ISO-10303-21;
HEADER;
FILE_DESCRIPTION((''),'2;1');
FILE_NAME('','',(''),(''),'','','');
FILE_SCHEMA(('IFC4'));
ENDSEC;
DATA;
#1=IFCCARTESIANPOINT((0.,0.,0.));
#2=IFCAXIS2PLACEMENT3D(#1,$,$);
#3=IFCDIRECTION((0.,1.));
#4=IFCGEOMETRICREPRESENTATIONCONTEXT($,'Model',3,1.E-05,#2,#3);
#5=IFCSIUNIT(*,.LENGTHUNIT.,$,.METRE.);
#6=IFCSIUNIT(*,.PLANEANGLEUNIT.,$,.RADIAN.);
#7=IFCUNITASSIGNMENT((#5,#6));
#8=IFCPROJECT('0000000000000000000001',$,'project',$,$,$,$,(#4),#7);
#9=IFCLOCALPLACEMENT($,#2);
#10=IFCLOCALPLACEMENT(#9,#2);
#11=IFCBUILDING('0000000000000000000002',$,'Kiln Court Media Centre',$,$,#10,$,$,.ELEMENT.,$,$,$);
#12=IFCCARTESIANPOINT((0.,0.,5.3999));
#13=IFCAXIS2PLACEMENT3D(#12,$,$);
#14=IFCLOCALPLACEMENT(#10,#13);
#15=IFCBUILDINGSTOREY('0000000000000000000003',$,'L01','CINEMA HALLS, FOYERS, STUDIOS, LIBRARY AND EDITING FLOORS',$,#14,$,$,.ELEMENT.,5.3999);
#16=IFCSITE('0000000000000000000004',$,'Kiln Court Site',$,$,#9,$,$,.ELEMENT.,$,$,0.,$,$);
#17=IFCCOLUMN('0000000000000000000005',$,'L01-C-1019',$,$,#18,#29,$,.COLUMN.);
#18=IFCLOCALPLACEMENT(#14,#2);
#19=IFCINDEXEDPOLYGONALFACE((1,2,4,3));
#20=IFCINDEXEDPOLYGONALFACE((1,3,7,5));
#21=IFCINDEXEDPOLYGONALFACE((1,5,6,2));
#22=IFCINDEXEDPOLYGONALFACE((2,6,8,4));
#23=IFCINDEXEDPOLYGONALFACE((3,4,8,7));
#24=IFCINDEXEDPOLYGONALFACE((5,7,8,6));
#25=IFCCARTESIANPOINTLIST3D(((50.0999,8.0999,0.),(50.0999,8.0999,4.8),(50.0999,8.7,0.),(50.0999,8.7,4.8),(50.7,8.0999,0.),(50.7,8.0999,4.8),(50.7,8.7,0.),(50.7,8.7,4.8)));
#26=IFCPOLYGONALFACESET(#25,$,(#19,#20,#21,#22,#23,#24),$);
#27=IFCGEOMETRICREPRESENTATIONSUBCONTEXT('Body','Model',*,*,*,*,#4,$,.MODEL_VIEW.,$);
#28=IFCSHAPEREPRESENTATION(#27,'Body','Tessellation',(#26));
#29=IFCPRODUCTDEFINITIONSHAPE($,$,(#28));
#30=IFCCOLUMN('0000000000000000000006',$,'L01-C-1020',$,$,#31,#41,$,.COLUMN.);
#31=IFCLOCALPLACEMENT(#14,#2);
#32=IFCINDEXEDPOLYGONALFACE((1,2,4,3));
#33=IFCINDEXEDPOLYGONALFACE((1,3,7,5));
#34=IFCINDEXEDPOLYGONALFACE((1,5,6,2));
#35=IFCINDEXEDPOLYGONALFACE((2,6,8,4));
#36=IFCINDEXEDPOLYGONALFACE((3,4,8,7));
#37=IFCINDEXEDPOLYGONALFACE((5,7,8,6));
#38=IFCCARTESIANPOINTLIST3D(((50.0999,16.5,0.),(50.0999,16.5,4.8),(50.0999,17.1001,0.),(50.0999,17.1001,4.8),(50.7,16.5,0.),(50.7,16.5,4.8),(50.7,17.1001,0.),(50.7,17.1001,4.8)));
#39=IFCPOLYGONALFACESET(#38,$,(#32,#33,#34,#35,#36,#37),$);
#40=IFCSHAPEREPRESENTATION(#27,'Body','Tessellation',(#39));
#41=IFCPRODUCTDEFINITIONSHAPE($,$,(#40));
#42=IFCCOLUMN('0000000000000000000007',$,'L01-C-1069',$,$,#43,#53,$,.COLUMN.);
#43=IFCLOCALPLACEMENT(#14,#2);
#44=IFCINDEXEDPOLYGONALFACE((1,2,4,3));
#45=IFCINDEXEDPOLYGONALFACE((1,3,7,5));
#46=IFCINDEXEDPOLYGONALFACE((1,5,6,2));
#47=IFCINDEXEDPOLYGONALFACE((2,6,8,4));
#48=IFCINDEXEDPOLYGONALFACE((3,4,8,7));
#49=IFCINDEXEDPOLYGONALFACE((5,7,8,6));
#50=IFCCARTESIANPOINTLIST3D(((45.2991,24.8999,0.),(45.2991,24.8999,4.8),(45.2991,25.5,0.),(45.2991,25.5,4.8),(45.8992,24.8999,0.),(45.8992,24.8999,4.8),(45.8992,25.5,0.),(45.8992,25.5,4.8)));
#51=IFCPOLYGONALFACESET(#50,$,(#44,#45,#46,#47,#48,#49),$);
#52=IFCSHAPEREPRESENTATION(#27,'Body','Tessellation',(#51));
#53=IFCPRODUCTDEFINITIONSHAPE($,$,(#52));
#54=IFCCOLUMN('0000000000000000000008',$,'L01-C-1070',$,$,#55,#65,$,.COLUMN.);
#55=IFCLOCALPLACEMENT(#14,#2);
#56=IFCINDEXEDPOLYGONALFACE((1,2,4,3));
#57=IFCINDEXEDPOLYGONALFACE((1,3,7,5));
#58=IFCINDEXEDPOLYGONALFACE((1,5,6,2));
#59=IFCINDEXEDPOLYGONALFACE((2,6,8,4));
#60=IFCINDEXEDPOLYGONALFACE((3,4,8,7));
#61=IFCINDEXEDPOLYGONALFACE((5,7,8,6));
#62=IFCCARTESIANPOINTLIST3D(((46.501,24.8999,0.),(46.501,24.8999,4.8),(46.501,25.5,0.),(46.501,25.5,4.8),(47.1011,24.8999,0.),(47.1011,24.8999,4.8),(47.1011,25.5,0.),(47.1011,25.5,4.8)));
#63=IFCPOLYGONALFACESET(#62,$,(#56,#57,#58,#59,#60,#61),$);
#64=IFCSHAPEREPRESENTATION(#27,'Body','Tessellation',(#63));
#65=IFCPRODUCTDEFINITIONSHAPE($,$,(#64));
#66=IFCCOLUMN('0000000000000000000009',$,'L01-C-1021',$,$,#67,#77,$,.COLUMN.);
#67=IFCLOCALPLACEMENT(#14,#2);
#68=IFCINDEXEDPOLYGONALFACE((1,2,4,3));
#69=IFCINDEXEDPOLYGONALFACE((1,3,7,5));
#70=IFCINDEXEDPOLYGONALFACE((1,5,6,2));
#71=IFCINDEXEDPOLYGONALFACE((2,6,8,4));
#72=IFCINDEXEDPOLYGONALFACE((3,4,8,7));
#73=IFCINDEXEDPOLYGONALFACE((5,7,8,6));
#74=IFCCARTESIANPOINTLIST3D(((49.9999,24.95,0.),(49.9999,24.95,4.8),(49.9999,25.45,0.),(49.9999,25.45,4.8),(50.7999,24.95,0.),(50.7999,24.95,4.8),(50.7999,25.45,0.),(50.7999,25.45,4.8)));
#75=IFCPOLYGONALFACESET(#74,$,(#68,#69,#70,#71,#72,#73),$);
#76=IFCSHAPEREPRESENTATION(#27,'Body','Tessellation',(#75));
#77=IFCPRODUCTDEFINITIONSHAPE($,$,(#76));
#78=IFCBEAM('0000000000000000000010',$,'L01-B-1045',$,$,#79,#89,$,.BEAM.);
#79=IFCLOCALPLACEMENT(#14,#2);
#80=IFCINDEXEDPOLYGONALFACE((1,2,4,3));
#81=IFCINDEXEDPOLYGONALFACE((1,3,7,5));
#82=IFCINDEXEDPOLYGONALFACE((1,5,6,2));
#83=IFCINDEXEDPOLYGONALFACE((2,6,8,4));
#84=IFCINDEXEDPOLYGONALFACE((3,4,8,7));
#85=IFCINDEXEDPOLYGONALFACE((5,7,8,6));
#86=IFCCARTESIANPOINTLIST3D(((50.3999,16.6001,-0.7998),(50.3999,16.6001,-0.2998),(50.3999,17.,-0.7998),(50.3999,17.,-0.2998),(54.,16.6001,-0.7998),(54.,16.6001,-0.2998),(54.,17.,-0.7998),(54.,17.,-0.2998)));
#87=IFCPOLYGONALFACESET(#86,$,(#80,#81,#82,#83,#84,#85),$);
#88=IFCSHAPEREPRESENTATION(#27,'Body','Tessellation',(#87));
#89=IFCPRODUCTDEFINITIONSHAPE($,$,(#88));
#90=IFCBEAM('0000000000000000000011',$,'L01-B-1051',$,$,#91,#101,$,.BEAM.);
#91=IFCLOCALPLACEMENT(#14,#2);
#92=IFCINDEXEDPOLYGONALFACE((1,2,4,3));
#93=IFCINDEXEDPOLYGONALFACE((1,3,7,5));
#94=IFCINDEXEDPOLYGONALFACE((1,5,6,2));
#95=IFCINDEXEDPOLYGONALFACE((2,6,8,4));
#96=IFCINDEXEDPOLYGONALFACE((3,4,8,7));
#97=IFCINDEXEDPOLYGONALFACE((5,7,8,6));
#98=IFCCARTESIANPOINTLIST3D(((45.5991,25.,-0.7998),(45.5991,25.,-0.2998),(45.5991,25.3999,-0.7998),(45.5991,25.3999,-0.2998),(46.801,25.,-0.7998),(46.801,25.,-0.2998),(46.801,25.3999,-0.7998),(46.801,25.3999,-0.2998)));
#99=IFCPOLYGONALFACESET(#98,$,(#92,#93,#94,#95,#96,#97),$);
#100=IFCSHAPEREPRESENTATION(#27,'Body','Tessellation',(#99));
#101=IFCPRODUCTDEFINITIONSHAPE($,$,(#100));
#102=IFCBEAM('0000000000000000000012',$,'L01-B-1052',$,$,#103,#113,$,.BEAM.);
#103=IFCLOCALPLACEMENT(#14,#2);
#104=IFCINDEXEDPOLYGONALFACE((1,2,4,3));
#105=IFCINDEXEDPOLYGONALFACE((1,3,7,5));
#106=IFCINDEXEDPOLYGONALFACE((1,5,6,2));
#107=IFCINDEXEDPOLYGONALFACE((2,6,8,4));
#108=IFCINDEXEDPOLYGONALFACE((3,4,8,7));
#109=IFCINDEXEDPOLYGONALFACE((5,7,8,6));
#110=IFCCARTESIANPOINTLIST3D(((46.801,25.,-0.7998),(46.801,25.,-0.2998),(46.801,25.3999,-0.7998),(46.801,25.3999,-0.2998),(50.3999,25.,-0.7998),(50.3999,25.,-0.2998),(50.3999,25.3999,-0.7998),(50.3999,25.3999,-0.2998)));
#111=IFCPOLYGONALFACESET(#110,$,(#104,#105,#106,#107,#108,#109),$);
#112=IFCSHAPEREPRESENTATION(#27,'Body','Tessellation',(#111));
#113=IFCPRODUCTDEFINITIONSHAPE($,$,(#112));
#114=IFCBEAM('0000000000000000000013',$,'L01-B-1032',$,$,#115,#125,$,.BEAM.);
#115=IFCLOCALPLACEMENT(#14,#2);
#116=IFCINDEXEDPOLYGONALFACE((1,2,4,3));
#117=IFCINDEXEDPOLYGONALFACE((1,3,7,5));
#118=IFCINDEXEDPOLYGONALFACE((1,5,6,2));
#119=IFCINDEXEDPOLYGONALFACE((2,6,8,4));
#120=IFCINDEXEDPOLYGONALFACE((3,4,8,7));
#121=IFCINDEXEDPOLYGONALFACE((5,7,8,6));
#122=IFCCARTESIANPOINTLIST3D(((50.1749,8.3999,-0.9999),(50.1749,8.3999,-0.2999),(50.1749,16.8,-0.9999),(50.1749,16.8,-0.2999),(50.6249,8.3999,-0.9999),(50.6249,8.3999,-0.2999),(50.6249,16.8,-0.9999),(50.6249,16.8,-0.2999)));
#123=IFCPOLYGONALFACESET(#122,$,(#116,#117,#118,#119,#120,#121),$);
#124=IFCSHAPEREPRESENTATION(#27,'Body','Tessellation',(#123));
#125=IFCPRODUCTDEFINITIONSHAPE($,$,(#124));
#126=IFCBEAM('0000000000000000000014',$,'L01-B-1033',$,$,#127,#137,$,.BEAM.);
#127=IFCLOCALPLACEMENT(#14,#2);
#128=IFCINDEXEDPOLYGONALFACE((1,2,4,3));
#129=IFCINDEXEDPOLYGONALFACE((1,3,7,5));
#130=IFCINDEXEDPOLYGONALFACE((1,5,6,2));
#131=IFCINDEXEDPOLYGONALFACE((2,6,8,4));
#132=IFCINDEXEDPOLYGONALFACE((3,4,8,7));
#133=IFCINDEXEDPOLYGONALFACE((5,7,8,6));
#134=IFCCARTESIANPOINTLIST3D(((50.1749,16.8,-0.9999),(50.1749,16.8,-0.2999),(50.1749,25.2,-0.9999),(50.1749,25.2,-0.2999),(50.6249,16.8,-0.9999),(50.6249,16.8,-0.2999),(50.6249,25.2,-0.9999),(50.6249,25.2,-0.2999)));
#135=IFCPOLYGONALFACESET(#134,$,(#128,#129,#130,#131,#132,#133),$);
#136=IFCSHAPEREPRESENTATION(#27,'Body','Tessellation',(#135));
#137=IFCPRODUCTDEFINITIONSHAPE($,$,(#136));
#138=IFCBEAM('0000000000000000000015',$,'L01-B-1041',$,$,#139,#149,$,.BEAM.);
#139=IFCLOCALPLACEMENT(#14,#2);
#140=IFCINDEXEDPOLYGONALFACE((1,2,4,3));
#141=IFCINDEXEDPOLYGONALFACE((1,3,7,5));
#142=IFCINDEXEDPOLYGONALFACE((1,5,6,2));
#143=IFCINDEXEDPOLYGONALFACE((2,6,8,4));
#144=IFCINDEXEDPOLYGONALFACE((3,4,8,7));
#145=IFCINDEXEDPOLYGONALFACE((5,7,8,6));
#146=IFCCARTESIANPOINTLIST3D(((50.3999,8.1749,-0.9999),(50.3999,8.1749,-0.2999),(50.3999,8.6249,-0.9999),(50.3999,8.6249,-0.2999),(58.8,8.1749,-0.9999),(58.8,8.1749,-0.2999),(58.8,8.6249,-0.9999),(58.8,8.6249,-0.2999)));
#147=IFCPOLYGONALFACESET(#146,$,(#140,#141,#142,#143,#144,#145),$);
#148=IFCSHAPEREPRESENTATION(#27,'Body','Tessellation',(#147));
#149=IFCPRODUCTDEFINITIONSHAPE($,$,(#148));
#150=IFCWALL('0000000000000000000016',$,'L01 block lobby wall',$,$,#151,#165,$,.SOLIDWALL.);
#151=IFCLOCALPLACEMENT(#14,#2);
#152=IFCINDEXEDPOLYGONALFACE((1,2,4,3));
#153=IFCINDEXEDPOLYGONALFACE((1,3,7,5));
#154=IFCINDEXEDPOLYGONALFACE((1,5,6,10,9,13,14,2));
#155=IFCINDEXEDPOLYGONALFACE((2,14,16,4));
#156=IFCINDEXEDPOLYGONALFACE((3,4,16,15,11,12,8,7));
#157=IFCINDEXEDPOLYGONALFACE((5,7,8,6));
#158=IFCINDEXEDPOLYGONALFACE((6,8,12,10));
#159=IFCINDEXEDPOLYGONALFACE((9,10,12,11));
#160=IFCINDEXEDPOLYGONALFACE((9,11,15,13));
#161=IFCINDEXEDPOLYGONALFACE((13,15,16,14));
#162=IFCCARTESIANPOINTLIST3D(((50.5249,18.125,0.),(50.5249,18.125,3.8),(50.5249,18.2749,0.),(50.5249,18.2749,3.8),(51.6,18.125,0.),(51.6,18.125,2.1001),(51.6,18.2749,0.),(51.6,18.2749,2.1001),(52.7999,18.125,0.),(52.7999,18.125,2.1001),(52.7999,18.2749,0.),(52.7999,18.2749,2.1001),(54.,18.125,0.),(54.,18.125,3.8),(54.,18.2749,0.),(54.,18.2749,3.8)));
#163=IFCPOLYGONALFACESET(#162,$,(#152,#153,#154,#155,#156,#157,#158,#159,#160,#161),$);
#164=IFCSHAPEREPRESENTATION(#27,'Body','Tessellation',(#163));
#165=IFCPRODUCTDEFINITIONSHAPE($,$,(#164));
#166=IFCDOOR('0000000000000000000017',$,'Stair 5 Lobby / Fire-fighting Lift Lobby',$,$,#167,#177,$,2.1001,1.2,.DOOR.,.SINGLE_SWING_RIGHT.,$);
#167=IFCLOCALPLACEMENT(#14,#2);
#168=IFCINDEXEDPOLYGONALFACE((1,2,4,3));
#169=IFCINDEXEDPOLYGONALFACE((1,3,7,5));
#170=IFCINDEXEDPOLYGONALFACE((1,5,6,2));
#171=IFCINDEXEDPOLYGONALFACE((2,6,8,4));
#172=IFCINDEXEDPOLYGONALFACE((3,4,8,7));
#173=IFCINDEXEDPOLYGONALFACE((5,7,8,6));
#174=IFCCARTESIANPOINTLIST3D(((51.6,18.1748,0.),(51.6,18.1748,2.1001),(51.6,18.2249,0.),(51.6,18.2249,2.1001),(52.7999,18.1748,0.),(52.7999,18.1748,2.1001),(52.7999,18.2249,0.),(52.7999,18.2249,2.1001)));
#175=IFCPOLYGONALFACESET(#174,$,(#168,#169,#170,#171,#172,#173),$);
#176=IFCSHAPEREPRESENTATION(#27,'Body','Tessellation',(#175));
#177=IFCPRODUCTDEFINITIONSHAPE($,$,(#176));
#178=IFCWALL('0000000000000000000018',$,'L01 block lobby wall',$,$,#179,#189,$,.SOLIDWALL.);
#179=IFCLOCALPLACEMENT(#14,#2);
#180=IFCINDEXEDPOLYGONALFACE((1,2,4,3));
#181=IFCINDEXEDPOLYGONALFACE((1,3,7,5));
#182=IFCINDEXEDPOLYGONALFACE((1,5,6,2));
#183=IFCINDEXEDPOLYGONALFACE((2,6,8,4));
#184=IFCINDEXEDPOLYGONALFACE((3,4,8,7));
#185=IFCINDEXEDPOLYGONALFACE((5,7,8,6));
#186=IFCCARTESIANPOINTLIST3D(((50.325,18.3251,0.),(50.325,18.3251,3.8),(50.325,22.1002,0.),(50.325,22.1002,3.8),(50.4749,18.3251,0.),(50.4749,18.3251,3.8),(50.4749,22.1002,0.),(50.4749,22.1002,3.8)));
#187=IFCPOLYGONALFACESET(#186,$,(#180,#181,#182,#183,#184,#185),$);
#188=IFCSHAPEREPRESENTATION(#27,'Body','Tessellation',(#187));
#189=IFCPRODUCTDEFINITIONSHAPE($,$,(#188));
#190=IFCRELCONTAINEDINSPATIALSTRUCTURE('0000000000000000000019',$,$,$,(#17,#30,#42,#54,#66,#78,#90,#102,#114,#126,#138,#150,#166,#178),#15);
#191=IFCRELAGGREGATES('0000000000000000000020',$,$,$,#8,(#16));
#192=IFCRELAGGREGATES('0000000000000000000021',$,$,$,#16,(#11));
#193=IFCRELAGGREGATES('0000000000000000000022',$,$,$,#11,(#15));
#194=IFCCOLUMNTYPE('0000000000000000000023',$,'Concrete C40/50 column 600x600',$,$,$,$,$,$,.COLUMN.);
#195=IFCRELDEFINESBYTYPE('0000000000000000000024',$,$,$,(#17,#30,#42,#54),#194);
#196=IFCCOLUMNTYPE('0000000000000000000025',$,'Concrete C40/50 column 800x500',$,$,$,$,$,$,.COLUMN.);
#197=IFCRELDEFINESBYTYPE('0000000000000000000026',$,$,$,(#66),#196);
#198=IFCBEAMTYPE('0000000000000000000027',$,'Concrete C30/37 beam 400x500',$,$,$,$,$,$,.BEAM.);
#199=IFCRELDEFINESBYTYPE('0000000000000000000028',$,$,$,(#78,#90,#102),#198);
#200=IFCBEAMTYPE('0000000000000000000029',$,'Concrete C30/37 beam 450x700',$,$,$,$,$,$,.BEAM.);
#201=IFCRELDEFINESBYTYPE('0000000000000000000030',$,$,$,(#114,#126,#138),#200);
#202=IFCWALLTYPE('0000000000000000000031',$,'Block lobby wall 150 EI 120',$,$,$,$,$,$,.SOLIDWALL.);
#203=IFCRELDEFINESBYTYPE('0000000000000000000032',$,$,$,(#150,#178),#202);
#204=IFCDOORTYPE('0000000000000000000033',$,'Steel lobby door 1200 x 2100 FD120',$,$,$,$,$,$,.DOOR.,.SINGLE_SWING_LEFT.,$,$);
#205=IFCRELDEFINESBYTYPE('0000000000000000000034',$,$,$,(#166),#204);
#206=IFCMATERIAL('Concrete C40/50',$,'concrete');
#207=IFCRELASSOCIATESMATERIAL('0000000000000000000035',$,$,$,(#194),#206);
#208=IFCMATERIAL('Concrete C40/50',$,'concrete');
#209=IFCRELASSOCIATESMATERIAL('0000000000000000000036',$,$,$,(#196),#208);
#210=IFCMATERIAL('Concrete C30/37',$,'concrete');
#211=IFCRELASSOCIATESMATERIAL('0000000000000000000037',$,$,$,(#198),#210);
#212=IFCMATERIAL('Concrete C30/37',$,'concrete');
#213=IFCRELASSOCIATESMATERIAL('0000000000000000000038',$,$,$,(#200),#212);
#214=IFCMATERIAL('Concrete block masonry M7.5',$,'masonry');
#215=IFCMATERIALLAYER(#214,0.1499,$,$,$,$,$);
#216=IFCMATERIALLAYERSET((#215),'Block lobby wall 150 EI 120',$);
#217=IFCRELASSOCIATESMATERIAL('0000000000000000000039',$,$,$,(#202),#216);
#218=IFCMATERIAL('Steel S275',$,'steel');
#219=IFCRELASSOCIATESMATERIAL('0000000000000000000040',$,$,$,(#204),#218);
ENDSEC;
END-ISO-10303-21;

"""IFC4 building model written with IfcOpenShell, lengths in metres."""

from ifc_helpers import new_model, si_unit, direction, frame, frame_2d, origin, origin_2d, place, context, subcontext, project, spatial, rectangle, extrude, material, layer, layer_set, material_profile, profile_set, type_object, element, fill, save


model = new_model("IFC4")

# Units and contexts
model_context = context("Model", 3, precision=1e-05, world=origin(), true_north=direction((0.0, 1.0)))
body_context = subcontext(model_context, "Body", "Model", "MODEL_VIEW")
ifc_project = project(units=[si_unit("LENGTHUNIT", "METRE"), si_unit("PLANEANGLEUNIT", "RADIAN")], contexts=[model_context])

# Site, building, storey
site_placement = place(None, origin())
site = spatial("IfcSite", under=ifc_project, at=site_placement, Name="Kiln Court Site", CompositionType="ELEMENT", RefElevation=0.0)
building_placement = place(site_placement, origin())
building = spatial("IfcBuilding", under=site, at=building_placement, Name="Kiln Court Media Centre", CompositionType="ELEMENT")
storey_placement = place(building_placement, frame((0.0, 0.0, 5.3999)))
storey = spatial("IfcBuildingStorey", under=building, at=storey_placement, Name="L01", Description="CINEMA HALLS, FOYERS, STUDIOS, LIBRARY AND EDITING FLOORS", CompositionType="ELEMENT", Elevation=5.3999)

# Columns
ifc_material_1 = material(Name="Concrete C40/50", Category="concrete")
ifc_material_profile_1 = material_profile(ifc_material_1, rectangle(XDim=0.6001, YDim=0.6001, at=origin_2d()), Name="RC 600x600")
ifc_profile_set_1 = profile_set([ifc_material_profile_1], Name="Concrete C40/50")
column_type_1 = type_object("IfcColumnType", Name="Concrete C40/50 column 600x600", PredefinedType="COLUMN", material=ifc_profile_set_1)
for number, where, z_axis, x_axis, name in (
    (1, (50.3999, 8.3999, 0.0), (0.0, 0.0, 1.0), (1.0, 0.0, 0.0), "L01-C-1019"),
    (2, (50.3999, 16.8, 0.0), (0.0, 0.0, 1.0), (1.0, 0.0, 0.0), "L01-C-1020"),
    (3, (45.5991, 25.2, 0.0), (0.0, 0.0, 1.0), (1.0, 0.0, 0.0), "L01-C-1069"),
    (4, (46.801, 25.2, 0.0), (0.0, 0.0, 1.0), (1.0, 0.0, 0.0), "L01-C-1070"),
):
    element("IfcColumn", number, at=place(storey_placement, frame(where, z_axis=z_axis, x_axis=x_axis)), inside=storey, type_object=column_type_1, Name=name, PredefinedType="COLUMN", context=body_context, shape_type="SweptSolid", body=[
        extrude(rectangle(XDim=0.6001, YDim=0.6001, at=origin_2d()), origin(), (0.0, 0.0, 1.0), 4.8),
    ])
ifc_material_2 = material(Name="Concrete C40/50", Category="concrete")
ifc_material_profile_2 = material_profile(ifc_material_2, rectangle(XDim=0.8, YDim=0.5, at=origin_2d()), Name="RC 800x500")
ifc_profile_set_2 = profile_set([ifc_material_profile_2], Name="Concrete C40/50")
column_type_2 = type_object("IfcColumnType", Name="Concrete C40/50 column 800x500", PredefinedType="COLUMN", material=ifc_profile_set_2)
column_placement = place(storey_placement, frame((50.3999, 25.2, 0.0), z_axis=(0.0, 0.0, 1.0), x_axis=(1.0, 0.0, 0.0)))
element("IfcColumn", 5, at=column_placement, inside=storey, type_object=column_type_2, Name="L01-C-1021", PredefinedType="COLUMN", context=body_context, shape_type="SweptSolid", body=[
    extrude(rectangle(XDim=0.8, YDim=0.5, at=origin_2d()), origin(), (0.0, 0.0, 1.0), 4.8),
])

# Beams
ifc_material_3 = material(Name="Concrete C30/37", Category="concrete")
ifc_material_profile_3 = material_profile(ifc_material_3, rectangle(XDim=0.3999, YDim=0.5, at=origin_2d()), Name="RC 400x500")
ifc_profile_set_3 = profile_set([ifc_material_profile_3], Name="Concrete C30/37")
beam_type_1 = type_object("IfcBeamType", Name="Concrete C30/37 beam 400x500", PredefinedType="BEAM", material=ifc_profile_set_3)
beam_1_placement = place(storey_placement, frame((50.3999, 16.8, -0.5498), z_axis=(1.0, 0.0, 0.0), x_axis=(0.0, 1.0, 0.0)))
element("IfcBeam", 6, at=beam_1_placement, inside=storey, type_object=beam_type_1, Name="L01-B-1045", PredefinedType="BEAM", context=body_context, shape_type="SweptSolid", body=[
    extrude(rectangle(XDim=0.3999, YDim=0.5, at=origin_2d()), origin(), (0.0, 0.0, 1.0), 3.6001),
])
beam_2_placement = place(storey_placement, frame((45.5991, 25.2, -0.5498), z_axis=(1.0, 0.0, 0.0), x_axis=(0.0, 1.0, 0.0)))
element("IfcBeam", 7, at=beam_2_placement, inside=storey, type_object=beam_type_1, Name="L01-B-1051", PredefinedType="BEAM", context=body_context, shape_type="SweptSolid", body=[
    extrude(rectangle(XDim=0.3999, YDim=0.5, at=origin_2d()), origin(), (0.0, 0.0, 1.0), 1.2019),
])
beam_3_placement = place(storey_placement, frame((46.801, 25.2, -0.5498), z_axis=(1.0, 0.0, 0.0), x_axis=(0.0, 1.0, 0.0)))
element("IfcBeam", 8, at=beam_3_placement, inside=storey, type_object=beam_type_1, Name="L01-B-1052", PredefinedType="BEAM", context=body_context, shape_type="SweptSolid", body=[
    extrude(rectangle(XDim=0.3999, YDim=0.5, at=origin_2d()), origin(), (0.0, 0.0, 1.0), 3.5989),
])
ifc_material_4 = material(Name="Concrete C30/37", Category="concrete")
ifc_material_profile_4 = material_profile(ifc_material_4, rectangle(XDim=0.45, YDim=0.7, at=origin_2d()), Name="RC 450x700")
ifc_profile_set_4 = profile_set([ifc_material_profile_4], Name="Concrete C30/37")
beam_type_2 = type_object("IfcBeamType", Name="Concrete C30/37 beam 450x700", PredefinedType="BEAM", material=ifc_profile_set_4)
beam_4_placement = place(storey_placement, frame((50.3999, 8.3999, -0.6499), z_axis=(0.0, 1.0, 0.0), x_axis=(-1.0, 0.0, 0.0)))
element("IfcBeam", 9, at=beam_4_placement, inside=storey, type_object=beam_type_2, Name="L01-B-1032", PredefinedType="BEAM", context=body_context, shape_type="SweptSolid", body=[
    extrude(rectangle(XDim=0.45, YDim=0.7, at=origin_2d()), origin(), (0.0, 0.0, 1.0), 8.4001),
])
beam_5_placement = place(storey_placement, frame((50.3999, 16.8, -0.6499), z_axis=(0.0, 1.0, 0.0), x_axis=(-1.0, 0.0, 0.0)))
element("IfcBeam", 10, at=beam_5_placement, inside=storey, type_object=beam_type_2, Name="L01-B-1033", PredefinedType="BEAM", context=body_context, shape_type="SweptSolid", body=[
    extrude(rectangle(XDim=0.45, YDim=0.7, at=origin_2d()), origin(), (0.0, 0.0, 1.0), 8.3999),
])
beam_6_placement = place(storey_placement, frame((50.3999, 8.3999, -0.6499), z_axis=(1.0, 0.0, 0.0), x_axis=(0.0, 1.0, 0.0)))
element("IfcBeam", 11, at=beam_6_placement, inside=storey, type_object=beam_type_2, Name="L01-B-1041", PredefinedType="BEAM", context=body_context, shape_type="SweptSolid", body=[
    extrude(rectangle(XDim=0.45, YDim=0.7, at=origin_2d()), origin(), (0.0, 0.0, 1.0), 8.4001),
])

# Wall, opening, door
ifc_material_5 = material(Name="Concrete block masonry M7.5", Category="masonry")
ifc_layer_1 = layer(ifc_material_5, 0.1499)
ifc_layer_set_1 = layer_set([ifc_layer_1], Name="Block lobby wall 150 EI 120")
wall_type_1 = type_object("IfcWallType", Name="Block lobby wall 150 EI 120", PredefinedType="SOLIDWALL", material=ifc_layer_set_1)
wall_1_placement = place(storey_placement, frame((50.5249, 18.2, 0.0), z_axis=(0.0, 0.0, 1.0), x_axis=(1.0, 0.0, 0.0)))
wall_1 = element("IfcWall", 12, at=wall_1_placement, inside=storey, type_object=wall_type_1, Name="L01 block lobby wall", PredefinedType="SOLIDWALL", context=body_context, shape_type="SweptSolid", body=[
    extrude(rectangle(XDim=3.4751, YDim=0.1499, at=frame_2d((1.7375, 0.0))), origin(), (0.0, 0.0, 1.0), 3.8),
])
opening_1_placement = place(wall_1_placement, frame((1.075, 0.0, 0.0)))
opening_1 = element("IfcOpeningElement", 13, at=opening_1_placement, cuts=wall_1, PredefinedType="OPENING", context=body_context, shape_type="SweptSolid", body=[
    extrude(rectangle(XDim=1.2, YDim=2.1001, at=frame_2d((0.6001, 1.05))), frame((0.0, 0.085, 0.0), z_axis=(0.0, -1.0, 0.0), x_axis=(1.0, 0.0, 0.0)), (0.0, 0.0, 1.0), 0.1699),
])
ifc_material_6 = material(Name="Steel S275", Category="steel")
door_type_1 = type_object("IfcDoorType", Name="Steel lobby door 1200 x 2100 FD120", OperationType="SINGLE_SWING_LEFT", PredefinedType="DOOR", material=ifc_material_6)
door_1_placement = place(opening_1_placement, origin())
door_1 = element("IfcDoor", 14, at=door_1_placement, inside=storey, type_object=door_type_1, Name="Stair 5 Lobby / Fire-fighting Lift Lobby", OperationType="SINGLE_SWING_RIGHT", OverallHeight=2.1001, OverallWidth=1.2, PredefinedType="DOOR", context=body_context, shape_type="SweptSolid", body=[
    extrude(rectangle(XDim=1.2, YDim=2.1001, at=frame_2d((0.6001, 1.05))), frame((0.0, 0.0249, 0.0), z_axis=(0.0, -1.0, 0.0), x_axis=(1.0, 0.0, 0.0)), (0.0, 0.0, 1.0), 0.05),
])
fill(opening_1, door_1)

# Wall
wall_2_placement = place(storey_placement, frame((50.3999, 18.325, 0.0), z_axis=(0.0, 0.0, 1.0), x_axis=(0.0, 1.0, 0.0)))
element("IfcWall", 15, at=wall_2_placement, inside=storey, type_object=wall_type_1, Name="L01 block lobby wall", PredefinedType="SOLIDWALL", context=body_context, shape_type="SweptSolid", body=[
    extrude(rectangle(XDim=3.7751, YDim=0.1499, at=frame_2d((1.8877, 0.0))), origin(), (0.0, 0.0, 1.0), 3.8),
])

save(model, "model.ifc")
